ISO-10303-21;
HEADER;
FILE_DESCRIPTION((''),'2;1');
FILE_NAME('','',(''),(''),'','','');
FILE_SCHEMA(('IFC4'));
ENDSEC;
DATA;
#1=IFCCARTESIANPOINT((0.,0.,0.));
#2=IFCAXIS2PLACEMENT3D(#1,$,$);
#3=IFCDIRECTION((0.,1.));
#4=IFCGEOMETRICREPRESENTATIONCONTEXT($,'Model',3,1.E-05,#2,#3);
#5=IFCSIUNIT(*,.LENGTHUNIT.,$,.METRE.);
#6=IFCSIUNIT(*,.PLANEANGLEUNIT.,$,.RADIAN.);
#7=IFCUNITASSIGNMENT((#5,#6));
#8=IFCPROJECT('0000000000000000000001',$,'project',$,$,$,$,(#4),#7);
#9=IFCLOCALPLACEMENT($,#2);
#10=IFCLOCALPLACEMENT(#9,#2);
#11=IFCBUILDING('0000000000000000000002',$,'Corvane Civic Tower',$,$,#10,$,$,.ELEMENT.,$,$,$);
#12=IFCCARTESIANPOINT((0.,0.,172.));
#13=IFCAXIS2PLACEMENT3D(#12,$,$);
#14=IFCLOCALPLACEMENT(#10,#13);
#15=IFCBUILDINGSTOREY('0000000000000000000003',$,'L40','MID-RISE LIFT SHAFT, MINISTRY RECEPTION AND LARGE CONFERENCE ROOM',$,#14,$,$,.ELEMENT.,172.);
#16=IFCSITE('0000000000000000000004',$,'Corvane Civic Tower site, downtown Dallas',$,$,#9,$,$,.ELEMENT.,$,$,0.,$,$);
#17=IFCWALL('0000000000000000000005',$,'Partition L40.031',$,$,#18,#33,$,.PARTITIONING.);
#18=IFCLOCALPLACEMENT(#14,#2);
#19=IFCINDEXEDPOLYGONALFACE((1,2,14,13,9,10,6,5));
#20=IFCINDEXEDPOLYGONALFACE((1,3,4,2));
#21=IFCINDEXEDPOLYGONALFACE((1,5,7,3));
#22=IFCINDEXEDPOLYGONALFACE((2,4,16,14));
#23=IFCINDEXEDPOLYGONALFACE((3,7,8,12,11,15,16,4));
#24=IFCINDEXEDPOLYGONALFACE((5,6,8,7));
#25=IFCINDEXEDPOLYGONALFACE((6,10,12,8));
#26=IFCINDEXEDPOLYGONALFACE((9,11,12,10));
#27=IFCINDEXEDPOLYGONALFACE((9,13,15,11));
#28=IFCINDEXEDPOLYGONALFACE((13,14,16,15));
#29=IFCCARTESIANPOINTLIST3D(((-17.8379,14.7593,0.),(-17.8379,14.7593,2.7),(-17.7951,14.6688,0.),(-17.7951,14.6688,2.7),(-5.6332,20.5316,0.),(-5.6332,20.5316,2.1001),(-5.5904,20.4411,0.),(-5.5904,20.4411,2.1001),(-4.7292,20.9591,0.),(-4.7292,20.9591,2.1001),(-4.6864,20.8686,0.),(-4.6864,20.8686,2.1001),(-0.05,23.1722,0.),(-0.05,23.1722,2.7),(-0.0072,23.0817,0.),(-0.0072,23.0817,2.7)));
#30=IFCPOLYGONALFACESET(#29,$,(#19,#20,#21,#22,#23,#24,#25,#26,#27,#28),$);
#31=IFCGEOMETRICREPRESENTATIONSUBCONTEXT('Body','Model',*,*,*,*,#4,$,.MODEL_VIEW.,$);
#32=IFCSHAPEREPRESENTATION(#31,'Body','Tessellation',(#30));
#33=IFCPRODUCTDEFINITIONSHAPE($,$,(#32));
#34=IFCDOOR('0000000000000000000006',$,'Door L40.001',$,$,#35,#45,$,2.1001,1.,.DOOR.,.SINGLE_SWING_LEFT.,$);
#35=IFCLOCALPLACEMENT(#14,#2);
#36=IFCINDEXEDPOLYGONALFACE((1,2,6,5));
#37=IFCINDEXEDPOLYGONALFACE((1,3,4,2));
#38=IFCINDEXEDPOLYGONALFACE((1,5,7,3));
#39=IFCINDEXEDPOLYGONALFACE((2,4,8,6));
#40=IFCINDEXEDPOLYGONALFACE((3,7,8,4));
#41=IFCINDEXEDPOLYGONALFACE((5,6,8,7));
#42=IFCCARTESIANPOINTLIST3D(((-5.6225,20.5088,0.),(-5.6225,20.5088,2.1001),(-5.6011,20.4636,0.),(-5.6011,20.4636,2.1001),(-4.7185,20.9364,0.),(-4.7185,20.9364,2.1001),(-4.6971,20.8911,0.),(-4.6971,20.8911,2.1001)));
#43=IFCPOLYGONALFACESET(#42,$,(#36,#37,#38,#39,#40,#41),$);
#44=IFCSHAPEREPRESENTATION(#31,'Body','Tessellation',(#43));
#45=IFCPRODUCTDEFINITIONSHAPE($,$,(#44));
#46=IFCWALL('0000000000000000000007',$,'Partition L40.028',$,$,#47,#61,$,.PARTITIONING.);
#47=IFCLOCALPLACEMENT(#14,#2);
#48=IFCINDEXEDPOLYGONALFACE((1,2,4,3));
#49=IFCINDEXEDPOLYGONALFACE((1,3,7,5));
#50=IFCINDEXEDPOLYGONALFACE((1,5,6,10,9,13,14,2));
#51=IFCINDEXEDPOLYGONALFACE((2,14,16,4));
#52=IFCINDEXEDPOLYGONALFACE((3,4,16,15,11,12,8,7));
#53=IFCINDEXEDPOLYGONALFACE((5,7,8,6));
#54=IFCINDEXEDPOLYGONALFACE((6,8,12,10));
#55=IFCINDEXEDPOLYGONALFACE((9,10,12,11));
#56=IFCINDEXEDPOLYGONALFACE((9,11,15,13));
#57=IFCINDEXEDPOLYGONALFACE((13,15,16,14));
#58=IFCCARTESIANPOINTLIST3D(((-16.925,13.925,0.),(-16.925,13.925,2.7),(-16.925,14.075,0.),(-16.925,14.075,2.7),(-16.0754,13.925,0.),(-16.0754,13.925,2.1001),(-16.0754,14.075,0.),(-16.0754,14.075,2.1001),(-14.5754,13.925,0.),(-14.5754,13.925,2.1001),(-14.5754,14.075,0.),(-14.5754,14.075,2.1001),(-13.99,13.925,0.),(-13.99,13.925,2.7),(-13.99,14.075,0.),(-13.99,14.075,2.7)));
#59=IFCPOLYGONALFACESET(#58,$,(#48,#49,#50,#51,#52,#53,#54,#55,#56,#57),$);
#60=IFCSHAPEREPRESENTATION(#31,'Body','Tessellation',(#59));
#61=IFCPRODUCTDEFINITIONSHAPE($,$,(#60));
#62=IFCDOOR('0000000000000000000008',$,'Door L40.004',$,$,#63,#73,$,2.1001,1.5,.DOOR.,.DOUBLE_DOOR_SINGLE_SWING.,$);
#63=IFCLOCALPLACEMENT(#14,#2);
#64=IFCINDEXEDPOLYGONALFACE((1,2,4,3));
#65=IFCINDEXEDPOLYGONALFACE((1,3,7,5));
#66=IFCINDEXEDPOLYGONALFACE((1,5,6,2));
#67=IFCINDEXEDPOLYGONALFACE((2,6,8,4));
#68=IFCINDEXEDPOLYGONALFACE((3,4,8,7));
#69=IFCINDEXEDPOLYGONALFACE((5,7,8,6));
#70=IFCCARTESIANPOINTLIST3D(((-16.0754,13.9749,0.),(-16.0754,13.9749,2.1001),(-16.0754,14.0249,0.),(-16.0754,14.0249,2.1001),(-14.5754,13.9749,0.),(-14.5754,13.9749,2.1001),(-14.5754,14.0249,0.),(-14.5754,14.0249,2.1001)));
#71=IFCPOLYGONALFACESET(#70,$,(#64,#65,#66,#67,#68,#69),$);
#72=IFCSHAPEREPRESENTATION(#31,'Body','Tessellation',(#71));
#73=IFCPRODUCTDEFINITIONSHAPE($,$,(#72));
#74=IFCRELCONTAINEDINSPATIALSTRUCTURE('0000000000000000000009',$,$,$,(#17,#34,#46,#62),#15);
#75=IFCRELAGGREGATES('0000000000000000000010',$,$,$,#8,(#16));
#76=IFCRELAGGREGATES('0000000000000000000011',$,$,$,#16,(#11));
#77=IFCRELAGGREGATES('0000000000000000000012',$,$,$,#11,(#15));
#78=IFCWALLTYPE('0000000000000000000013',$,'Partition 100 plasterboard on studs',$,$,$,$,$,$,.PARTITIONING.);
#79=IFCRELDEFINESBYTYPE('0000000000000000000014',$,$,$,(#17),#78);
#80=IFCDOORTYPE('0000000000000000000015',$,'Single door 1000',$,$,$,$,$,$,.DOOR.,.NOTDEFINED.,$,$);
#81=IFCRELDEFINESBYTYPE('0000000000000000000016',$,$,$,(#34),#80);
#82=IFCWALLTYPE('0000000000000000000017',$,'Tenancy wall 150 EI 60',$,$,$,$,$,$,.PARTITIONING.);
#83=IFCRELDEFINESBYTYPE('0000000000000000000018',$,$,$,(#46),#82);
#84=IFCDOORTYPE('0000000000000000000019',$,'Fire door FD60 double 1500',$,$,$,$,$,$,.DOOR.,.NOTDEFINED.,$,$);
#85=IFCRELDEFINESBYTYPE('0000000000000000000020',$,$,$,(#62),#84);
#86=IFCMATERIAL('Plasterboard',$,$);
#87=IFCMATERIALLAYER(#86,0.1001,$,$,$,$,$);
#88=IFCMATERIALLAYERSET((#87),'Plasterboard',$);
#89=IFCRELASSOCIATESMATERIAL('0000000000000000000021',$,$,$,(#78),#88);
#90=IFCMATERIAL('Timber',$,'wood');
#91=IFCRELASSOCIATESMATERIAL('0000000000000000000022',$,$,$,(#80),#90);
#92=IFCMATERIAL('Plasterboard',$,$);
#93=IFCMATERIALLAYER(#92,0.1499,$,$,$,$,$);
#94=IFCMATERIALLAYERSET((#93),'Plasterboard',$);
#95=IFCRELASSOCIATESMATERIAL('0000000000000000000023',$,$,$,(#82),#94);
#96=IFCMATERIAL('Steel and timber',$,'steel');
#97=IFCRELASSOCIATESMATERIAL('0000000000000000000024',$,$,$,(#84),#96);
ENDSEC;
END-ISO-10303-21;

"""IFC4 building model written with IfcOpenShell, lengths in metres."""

from ifc_helpers import new_model, si_unit, direction, frame, frame_2d, origin, place, context, subcontext, project, spatial, rectangle, extrude, material, layer, layer_set, type_object, element, fill, save


model = new_model("IFC4")

# Units and contexts
model_context = context("Model", 3, precision=1e-05, world=origin(), true_north=direction((0.0, 1.0)))
body_context = subcontext(model_context, "Body", "Model", "MODEL_VIEW")
ifc_project = project(units=[si_unit("LENGTHUNIT", "METRE"), si_unit("PLANEANGLEUNIT", "RADIAN")], contexts=[model_context])

# Site, building, storey
site_placement = place(None, origin())
site = spatial("IfcSite", under=ifc_project, at=site_placement, Name="Corvane Civic Tower site, downtown Dallas", CompositionType="ELEMENT", RefElevation=0.0)
building_placement = place(site_placement, origin())
building = spatial("IfcBuilding", under=site, at=building_placement, Name="Corvane Civic Tower", CompositionType="ELEMENT")
storey_placement = place(building_placement, frame((0.0, 0.0, 172.0)))
storey = spatial("IfcBuildingStorey", under=building, at=storey_placement, Name="L40", Description="MID-RISE LIFT SHAFT, MINISTRY RECEPTION AND LARGE CONFERENCE ROOM", CompositionType="ELEMENT", Elevation=172.0)

# Shared definitions
ifc_material_1 = material(Name="Plasterboard")
ifc_layer_1 = layer(ifc_material_1, 0.1001)
ifc_layer_set_1 = layer_set([ifc_layer_1], Name="Plasterboard")
wall_type_1 = type_object("IfcWallType", Name="Partition 100 plasterboard on studs", PredefinedType="PARTITIONING", material=ifc_layer_set_1)

# Walls, openings, doors
wall_1_placement = place(storey_placement, frame((-17.8164, 14.7141, 0.0), z_axis=(0.0, 0.0, 1.0), x_axis=(0.903993, 0.427548, 0.0)))
wall_1 = element("IfcWall", 1, at=wall_1_placement, inside=storey, type_object=wall_type_1, Name="Partition L40.031", PredefinedType="PARTITIONING", context=body_context, shape_type="SweptSolid", body=[
    extrude(rectangle(XDim=19.677, YDim=0.1001, at=frame_2d((9.8384, 0.0))), origin(), (0.0, 0.0, 1.0), 2.7),
])
opening_1_placement = place(wall_1_placement, frame((13.5007, 0.0, 0.0)))
opening_1 = element("IfcOpeningElement", 2, at=opening_1_placement, cuts=wall_1, PredefinedType="OPENING", context=body_context, shape_type="SweptSolid", body=[
    extrude(rectangle(XDim=1.0, YDim=2.1001, at=frame_2d((0.5, 1.05))), frame((0.0, 0.0601, 0.0), z_axis=(0.0, -1.0, 0.0), x_axis=(1.0, 0.0, 0.0)), (0.0, 0.0, 1.0), 0.1201),
])
ifc_material_2 = material(Name="Timber", Category="wood")
door_type_1 = type_object("IfcDoorType", Name="Single door 1000", OperationType="NOTDEFINED", PredefinedType="DOOR", material=ifc_material_2)
door_1_placement = place(opening_1_placement, origin())
door_1 = element("IfcDoor", 3, at=door_1_placement, inside=storey, type_object=door_type_1, Name="Door L40.001", OperationType="SINGLE_SWING_LEFT", OverallHeight=2.1001, OverallWidth=1.0, PredefinedType="DOOR", context=body_context, shape_type="SweptSolid", body=[
    extrude(rectangle(XDim=1.0, YDim=2.1001, at=frame_2d((0.5, 1.05))), frame((0.0, 0.0249, 0.0), z_axis=(0.0, -1.0, 0.0), x_axis=(1.0, 0.0, 0.0)), (0.0, 0.0, 1.0), 0.05),
])
fill(opening_1, door_1)
ifc_material_3 = material(Name="Plasterboard")
ifc_layer_2 = layer(ifc_material_3, 0.1499)
ifc_layer_set_2 = layer_set([ifc_layer_2], Name="Plasterboard")
wall_type_2 = type_object("IfcWallType", Name="Tenancy wall 150 EI 60", PredefinedType="PARTITIONING", material=ifc_layer_set_2)
wall_2_placement = place(storey_placement, frame((-16.925, 14.0, 0.0), z_axis=(0.0, 0.0, 1.0), x_axis=(1.0, 0.0, 0.0)))
wall_2 = element("IfcWall", 4, at=wall_2_placement, inside=storey, type_object=wall_type_2, Name="Partition L40.028", PredefinedType="PARTITIONING", context=body_context, shape_type="SweptSolid", body=[
    extrude(rectangle(XDim=2.9351, YDim=0.1499, at=frame_2d((1.4675, 0.0))), origin(), (0.0, 0.0, 1.0), 2.7),
])
opening_2_placement = place(wall_2_placement, frame((0.8496, 0.0, 0.0)))
opening_2 = element("IfcOpeningElement", 5, at=opening_2_placement, cuts=wall_2, PredefinedType="OPENING", context=body_context, shape_type="SweptSolid", body=[
    extrude(rectangle(XDim=1.5, YDim=2.1001, at=frame_2d((0.75, 1.05))), frame((0.0, 0.085, 0.0), z_axis=(0.0, -1.0, 0.0), x_axis=(1.0, 0.0, 0.0)), (0.0, 0.0, 1.0), 0.1699),
])
ifc_material_4 = material(Name="Steel and timber", Category="steel")
door_type_2 = type_object("IfcDoorType", Name="Fire door FD60 double 1500", OperationType="NOTDEFINED", PredefinedType="DOOR", material=ifc_material_4)
door_2_placement = place(opening_2_placement, origin())
door_2 = element("IfcDoor", 6, at=door_2_placement, inside=storey, type_object=door_type_2, Name="Door L40.004", OperationType="DOUBLE_DOOR_SINGLE_SWING", OverallHeight=2.1001, OverallWidth=1.5, PredefinedType="DOOR", context=body_context, shape_type="SweptSolid", body=[
    extrude(rectangle(XDim=1.5, YDim=2.1001, at=frame_2d((0.75, 1.05))), frame((0.0, 0.0249, 0.0), z_axis=(0.0, -1.0, 0.0), x_axis=(1.0, 0.0, 0.0)), (0.0, 0.0, 1.0), 0.05),
])
fill(opening_2, door_2)

save(model, "model.ifc")
